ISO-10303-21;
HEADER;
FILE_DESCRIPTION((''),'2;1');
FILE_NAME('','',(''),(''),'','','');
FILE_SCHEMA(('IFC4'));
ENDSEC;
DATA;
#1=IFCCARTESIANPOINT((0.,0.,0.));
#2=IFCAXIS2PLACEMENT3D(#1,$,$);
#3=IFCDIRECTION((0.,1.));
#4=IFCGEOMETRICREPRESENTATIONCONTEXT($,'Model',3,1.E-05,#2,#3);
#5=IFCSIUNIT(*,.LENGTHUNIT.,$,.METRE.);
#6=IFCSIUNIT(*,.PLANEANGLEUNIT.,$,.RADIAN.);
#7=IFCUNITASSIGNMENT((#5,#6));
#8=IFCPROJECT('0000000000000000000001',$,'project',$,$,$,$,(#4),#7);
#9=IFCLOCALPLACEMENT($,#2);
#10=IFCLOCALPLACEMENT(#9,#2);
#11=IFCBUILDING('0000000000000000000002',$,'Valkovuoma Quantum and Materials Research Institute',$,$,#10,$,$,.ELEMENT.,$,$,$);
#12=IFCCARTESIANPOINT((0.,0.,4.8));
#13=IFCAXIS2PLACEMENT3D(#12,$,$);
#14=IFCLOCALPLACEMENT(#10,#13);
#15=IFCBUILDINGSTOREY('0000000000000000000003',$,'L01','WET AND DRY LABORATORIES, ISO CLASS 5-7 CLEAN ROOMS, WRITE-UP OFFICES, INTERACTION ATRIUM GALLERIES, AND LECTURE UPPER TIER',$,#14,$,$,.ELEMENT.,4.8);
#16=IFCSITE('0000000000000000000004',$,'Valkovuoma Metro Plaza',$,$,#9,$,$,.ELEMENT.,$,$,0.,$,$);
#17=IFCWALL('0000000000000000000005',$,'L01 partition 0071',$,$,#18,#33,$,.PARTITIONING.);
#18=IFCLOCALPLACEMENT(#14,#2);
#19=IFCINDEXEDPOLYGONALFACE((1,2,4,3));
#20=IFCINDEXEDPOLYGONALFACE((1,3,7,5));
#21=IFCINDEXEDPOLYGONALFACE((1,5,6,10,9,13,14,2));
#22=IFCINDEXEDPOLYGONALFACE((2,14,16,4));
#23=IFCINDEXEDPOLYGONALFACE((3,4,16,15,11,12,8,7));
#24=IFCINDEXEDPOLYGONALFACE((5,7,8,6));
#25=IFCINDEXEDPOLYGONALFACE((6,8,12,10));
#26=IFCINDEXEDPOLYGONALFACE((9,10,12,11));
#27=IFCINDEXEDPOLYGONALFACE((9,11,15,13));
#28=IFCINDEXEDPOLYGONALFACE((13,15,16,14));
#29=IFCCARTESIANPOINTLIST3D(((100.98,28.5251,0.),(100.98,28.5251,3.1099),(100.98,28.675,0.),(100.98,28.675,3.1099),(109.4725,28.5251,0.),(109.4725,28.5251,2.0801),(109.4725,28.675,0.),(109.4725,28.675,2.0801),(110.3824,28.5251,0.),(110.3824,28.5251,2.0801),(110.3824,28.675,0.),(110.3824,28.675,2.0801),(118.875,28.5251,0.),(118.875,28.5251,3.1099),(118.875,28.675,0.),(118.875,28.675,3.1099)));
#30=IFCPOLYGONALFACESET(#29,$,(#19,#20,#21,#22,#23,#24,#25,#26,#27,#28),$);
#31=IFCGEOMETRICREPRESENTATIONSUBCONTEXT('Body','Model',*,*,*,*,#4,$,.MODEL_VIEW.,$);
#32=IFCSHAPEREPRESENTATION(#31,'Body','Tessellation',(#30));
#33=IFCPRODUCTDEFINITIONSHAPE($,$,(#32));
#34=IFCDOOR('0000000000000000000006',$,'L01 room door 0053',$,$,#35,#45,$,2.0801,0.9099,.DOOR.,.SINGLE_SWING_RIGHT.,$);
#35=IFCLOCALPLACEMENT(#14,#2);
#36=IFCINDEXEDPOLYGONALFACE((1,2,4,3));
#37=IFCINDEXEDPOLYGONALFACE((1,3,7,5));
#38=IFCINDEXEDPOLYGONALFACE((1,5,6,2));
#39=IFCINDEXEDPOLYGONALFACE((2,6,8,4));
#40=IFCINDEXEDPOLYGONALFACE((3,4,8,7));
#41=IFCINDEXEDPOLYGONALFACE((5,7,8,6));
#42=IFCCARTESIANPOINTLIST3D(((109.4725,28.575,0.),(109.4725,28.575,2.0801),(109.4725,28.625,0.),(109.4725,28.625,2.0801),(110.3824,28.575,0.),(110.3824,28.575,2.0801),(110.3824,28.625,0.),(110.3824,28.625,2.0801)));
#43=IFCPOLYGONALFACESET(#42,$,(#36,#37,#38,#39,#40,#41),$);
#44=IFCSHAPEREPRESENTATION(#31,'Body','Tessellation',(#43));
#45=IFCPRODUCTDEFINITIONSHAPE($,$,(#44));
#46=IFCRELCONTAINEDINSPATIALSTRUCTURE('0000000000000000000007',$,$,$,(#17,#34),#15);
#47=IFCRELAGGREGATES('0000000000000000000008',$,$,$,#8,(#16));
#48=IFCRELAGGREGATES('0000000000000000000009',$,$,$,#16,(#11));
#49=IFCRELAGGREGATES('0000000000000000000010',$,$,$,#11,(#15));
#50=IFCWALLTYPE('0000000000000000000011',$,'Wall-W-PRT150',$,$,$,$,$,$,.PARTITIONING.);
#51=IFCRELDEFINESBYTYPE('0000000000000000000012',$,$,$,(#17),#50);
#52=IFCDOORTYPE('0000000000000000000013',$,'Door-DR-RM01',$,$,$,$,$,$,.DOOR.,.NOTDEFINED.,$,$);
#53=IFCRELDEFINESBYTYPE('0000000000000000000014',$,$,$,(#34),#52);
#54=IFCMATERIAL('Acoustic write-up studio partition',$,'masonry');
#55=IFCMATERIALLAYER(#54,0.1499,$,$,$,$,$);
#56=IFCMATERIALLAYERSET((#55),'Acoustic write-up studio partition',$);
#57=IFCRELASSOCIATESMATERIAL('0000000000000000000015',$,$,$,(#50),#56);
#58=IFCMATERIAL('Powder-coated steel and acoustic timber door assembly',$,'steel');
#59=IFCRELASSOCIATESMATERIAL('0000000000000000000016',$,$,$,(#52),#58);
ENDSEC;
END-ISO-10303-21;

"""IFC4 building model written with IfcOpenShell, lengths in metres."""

from ifc_helpers import new_model, si_unit, direction, frame, frame_2d, origin, place, context, subcontext, project, spatial, rectangle, extrude, material, layer, layer_set, type_object, element, fill, save


model = new_model("IFC4")

# Units and contexts
model_context = context("Model", 3, precision=1e-05, world=origin(), true_north=direction((0.0, 1.0)))
body_context = subcontext(model_context, "Body", "Model", "MODEL_VIEW")
ifc_project = project(units=[si_unit("LENGTHUNIT", "METRE"), si_unit("PLANEANGLEUNIT", "RADIAN")], contexts=[model_context])

# Site, building, storey
site_placement = place(None, origin())
site = spatial("IfcSite", under=ifc_project, at=site_placement, Name="Valkovuoma Metro Plaza", CompositionType="ELEMENT", RefElevation=0.0)
building_placement = place(site_placement, origin())
building = spatial("IfcBuilding", under=site, at=building_placement, Name="Valkovuoma Quantum and Materials Research Institute", CompositionType="ELEMENT")
storey_placement = place(building_placement, frame((0.0, 0.0, 4.8)))
storey = spatial("IfcBuildingStorey", under=building, at=storey_placement, Name="L01", Description="WET AND DRY LABORATORIES, ISO CLASS 5-7 CLEAN ROOMS, WRITE-UP OFFICES, INTERACTION ATRIUM GALLERIES, AND LECTURE UPPER TIER", CompositionType="ELEMENT", Elevation=4.8)

# Wall, opening, door
ifc_material_1 = material(Name="Acoustic write-up studio partition", Category="masonry")
ifc_layer_1 = layer(ifc_material_1, 0.1499)
ifc_layer_set_1 = layer_set([ifc_layer_1], Name="Acoustic write-up studio partition")
wall_type_1 = type_object("IfcWallType", Name="Wall-W-PRT150", PredefinedType="PARTITIONING", material=ifc_layer_set_1)
wall_1_placement = place(storey_placement, frame((100.98, 28.6001, 0.0), z_axis=(0.0, 0.0, 1.0), x_axis=(1.0, 0.0, 0.0)))
wall_1 = element("IfcWall", 1, at=wall_1_placement, inside=storey, type_object=wall_type_1, Name="L01 partition 0071", PredefinedType="PARTITIONING", context=body_context, shape_type="SweptSolid", body=[
    extrude(rectangle(XDim=17.895, YDim=0.1499, at=frame_2d((8.9475, 0.0))), origin(), (0.0, 0.0, 1.0), 3.1099),
])
opening_1_placement = place(wall_1_placement, frame((8.4924, 0.0, 0.0)))
opening_1 = element("IfcOpeningElement", 2, at=opening_1_placement, cuts=wall_1, PredefinedType="OPENING", context=body_context, shape_type="SweptSolid", body=[
    extrude(rectangle(XDim=0.9099, YDim=2.0801, at=frame_2d((0.4551, 1.04))), frame((0.0, 0.085, 0.0), z_axis=(0.0, -1.0, 0.0), x_axis=(1.0, 0.0, 0.0)), (0.0, 0.0, 1.0), 0.1699),
])
ifc_material_2 = material(Name="Powder-coated steel and acoustic timber door assembly", Category="steel")
door_type = type_object("IfcDoorType", Name="Door-DR-RM01", OperationType="NOTDEFINED", PredefinedType="DOOR", material=ifc_material_2)
door_placement = place(opening_1_placement, origin())
door = element("IfcDoor", 3, at=door_placement, inside=storey, type_object=door_type, Name="L01 room door 0053", OperationType="SINGLE_SWING_RIGHT", OverallHeight=2.0801, OverallWidth=0.9099, PredefinedType="DOOR", context=body_context, shape_type="SweptSolid", body=[
    extrude(rectangle(XDim=0.9099, YDim=2.0801, at=frame_2d((0.4551, 1.04))), frame((0.0, 0.0249, 0.0), z_axis=(0.0, -1.0, 0.0), x_axis=(1.0, 0.0, 0.0)), (0.0, 0.0, 1.0), 0.05),
])
fill(opening_1, door)

save(model, "model.ifc")
